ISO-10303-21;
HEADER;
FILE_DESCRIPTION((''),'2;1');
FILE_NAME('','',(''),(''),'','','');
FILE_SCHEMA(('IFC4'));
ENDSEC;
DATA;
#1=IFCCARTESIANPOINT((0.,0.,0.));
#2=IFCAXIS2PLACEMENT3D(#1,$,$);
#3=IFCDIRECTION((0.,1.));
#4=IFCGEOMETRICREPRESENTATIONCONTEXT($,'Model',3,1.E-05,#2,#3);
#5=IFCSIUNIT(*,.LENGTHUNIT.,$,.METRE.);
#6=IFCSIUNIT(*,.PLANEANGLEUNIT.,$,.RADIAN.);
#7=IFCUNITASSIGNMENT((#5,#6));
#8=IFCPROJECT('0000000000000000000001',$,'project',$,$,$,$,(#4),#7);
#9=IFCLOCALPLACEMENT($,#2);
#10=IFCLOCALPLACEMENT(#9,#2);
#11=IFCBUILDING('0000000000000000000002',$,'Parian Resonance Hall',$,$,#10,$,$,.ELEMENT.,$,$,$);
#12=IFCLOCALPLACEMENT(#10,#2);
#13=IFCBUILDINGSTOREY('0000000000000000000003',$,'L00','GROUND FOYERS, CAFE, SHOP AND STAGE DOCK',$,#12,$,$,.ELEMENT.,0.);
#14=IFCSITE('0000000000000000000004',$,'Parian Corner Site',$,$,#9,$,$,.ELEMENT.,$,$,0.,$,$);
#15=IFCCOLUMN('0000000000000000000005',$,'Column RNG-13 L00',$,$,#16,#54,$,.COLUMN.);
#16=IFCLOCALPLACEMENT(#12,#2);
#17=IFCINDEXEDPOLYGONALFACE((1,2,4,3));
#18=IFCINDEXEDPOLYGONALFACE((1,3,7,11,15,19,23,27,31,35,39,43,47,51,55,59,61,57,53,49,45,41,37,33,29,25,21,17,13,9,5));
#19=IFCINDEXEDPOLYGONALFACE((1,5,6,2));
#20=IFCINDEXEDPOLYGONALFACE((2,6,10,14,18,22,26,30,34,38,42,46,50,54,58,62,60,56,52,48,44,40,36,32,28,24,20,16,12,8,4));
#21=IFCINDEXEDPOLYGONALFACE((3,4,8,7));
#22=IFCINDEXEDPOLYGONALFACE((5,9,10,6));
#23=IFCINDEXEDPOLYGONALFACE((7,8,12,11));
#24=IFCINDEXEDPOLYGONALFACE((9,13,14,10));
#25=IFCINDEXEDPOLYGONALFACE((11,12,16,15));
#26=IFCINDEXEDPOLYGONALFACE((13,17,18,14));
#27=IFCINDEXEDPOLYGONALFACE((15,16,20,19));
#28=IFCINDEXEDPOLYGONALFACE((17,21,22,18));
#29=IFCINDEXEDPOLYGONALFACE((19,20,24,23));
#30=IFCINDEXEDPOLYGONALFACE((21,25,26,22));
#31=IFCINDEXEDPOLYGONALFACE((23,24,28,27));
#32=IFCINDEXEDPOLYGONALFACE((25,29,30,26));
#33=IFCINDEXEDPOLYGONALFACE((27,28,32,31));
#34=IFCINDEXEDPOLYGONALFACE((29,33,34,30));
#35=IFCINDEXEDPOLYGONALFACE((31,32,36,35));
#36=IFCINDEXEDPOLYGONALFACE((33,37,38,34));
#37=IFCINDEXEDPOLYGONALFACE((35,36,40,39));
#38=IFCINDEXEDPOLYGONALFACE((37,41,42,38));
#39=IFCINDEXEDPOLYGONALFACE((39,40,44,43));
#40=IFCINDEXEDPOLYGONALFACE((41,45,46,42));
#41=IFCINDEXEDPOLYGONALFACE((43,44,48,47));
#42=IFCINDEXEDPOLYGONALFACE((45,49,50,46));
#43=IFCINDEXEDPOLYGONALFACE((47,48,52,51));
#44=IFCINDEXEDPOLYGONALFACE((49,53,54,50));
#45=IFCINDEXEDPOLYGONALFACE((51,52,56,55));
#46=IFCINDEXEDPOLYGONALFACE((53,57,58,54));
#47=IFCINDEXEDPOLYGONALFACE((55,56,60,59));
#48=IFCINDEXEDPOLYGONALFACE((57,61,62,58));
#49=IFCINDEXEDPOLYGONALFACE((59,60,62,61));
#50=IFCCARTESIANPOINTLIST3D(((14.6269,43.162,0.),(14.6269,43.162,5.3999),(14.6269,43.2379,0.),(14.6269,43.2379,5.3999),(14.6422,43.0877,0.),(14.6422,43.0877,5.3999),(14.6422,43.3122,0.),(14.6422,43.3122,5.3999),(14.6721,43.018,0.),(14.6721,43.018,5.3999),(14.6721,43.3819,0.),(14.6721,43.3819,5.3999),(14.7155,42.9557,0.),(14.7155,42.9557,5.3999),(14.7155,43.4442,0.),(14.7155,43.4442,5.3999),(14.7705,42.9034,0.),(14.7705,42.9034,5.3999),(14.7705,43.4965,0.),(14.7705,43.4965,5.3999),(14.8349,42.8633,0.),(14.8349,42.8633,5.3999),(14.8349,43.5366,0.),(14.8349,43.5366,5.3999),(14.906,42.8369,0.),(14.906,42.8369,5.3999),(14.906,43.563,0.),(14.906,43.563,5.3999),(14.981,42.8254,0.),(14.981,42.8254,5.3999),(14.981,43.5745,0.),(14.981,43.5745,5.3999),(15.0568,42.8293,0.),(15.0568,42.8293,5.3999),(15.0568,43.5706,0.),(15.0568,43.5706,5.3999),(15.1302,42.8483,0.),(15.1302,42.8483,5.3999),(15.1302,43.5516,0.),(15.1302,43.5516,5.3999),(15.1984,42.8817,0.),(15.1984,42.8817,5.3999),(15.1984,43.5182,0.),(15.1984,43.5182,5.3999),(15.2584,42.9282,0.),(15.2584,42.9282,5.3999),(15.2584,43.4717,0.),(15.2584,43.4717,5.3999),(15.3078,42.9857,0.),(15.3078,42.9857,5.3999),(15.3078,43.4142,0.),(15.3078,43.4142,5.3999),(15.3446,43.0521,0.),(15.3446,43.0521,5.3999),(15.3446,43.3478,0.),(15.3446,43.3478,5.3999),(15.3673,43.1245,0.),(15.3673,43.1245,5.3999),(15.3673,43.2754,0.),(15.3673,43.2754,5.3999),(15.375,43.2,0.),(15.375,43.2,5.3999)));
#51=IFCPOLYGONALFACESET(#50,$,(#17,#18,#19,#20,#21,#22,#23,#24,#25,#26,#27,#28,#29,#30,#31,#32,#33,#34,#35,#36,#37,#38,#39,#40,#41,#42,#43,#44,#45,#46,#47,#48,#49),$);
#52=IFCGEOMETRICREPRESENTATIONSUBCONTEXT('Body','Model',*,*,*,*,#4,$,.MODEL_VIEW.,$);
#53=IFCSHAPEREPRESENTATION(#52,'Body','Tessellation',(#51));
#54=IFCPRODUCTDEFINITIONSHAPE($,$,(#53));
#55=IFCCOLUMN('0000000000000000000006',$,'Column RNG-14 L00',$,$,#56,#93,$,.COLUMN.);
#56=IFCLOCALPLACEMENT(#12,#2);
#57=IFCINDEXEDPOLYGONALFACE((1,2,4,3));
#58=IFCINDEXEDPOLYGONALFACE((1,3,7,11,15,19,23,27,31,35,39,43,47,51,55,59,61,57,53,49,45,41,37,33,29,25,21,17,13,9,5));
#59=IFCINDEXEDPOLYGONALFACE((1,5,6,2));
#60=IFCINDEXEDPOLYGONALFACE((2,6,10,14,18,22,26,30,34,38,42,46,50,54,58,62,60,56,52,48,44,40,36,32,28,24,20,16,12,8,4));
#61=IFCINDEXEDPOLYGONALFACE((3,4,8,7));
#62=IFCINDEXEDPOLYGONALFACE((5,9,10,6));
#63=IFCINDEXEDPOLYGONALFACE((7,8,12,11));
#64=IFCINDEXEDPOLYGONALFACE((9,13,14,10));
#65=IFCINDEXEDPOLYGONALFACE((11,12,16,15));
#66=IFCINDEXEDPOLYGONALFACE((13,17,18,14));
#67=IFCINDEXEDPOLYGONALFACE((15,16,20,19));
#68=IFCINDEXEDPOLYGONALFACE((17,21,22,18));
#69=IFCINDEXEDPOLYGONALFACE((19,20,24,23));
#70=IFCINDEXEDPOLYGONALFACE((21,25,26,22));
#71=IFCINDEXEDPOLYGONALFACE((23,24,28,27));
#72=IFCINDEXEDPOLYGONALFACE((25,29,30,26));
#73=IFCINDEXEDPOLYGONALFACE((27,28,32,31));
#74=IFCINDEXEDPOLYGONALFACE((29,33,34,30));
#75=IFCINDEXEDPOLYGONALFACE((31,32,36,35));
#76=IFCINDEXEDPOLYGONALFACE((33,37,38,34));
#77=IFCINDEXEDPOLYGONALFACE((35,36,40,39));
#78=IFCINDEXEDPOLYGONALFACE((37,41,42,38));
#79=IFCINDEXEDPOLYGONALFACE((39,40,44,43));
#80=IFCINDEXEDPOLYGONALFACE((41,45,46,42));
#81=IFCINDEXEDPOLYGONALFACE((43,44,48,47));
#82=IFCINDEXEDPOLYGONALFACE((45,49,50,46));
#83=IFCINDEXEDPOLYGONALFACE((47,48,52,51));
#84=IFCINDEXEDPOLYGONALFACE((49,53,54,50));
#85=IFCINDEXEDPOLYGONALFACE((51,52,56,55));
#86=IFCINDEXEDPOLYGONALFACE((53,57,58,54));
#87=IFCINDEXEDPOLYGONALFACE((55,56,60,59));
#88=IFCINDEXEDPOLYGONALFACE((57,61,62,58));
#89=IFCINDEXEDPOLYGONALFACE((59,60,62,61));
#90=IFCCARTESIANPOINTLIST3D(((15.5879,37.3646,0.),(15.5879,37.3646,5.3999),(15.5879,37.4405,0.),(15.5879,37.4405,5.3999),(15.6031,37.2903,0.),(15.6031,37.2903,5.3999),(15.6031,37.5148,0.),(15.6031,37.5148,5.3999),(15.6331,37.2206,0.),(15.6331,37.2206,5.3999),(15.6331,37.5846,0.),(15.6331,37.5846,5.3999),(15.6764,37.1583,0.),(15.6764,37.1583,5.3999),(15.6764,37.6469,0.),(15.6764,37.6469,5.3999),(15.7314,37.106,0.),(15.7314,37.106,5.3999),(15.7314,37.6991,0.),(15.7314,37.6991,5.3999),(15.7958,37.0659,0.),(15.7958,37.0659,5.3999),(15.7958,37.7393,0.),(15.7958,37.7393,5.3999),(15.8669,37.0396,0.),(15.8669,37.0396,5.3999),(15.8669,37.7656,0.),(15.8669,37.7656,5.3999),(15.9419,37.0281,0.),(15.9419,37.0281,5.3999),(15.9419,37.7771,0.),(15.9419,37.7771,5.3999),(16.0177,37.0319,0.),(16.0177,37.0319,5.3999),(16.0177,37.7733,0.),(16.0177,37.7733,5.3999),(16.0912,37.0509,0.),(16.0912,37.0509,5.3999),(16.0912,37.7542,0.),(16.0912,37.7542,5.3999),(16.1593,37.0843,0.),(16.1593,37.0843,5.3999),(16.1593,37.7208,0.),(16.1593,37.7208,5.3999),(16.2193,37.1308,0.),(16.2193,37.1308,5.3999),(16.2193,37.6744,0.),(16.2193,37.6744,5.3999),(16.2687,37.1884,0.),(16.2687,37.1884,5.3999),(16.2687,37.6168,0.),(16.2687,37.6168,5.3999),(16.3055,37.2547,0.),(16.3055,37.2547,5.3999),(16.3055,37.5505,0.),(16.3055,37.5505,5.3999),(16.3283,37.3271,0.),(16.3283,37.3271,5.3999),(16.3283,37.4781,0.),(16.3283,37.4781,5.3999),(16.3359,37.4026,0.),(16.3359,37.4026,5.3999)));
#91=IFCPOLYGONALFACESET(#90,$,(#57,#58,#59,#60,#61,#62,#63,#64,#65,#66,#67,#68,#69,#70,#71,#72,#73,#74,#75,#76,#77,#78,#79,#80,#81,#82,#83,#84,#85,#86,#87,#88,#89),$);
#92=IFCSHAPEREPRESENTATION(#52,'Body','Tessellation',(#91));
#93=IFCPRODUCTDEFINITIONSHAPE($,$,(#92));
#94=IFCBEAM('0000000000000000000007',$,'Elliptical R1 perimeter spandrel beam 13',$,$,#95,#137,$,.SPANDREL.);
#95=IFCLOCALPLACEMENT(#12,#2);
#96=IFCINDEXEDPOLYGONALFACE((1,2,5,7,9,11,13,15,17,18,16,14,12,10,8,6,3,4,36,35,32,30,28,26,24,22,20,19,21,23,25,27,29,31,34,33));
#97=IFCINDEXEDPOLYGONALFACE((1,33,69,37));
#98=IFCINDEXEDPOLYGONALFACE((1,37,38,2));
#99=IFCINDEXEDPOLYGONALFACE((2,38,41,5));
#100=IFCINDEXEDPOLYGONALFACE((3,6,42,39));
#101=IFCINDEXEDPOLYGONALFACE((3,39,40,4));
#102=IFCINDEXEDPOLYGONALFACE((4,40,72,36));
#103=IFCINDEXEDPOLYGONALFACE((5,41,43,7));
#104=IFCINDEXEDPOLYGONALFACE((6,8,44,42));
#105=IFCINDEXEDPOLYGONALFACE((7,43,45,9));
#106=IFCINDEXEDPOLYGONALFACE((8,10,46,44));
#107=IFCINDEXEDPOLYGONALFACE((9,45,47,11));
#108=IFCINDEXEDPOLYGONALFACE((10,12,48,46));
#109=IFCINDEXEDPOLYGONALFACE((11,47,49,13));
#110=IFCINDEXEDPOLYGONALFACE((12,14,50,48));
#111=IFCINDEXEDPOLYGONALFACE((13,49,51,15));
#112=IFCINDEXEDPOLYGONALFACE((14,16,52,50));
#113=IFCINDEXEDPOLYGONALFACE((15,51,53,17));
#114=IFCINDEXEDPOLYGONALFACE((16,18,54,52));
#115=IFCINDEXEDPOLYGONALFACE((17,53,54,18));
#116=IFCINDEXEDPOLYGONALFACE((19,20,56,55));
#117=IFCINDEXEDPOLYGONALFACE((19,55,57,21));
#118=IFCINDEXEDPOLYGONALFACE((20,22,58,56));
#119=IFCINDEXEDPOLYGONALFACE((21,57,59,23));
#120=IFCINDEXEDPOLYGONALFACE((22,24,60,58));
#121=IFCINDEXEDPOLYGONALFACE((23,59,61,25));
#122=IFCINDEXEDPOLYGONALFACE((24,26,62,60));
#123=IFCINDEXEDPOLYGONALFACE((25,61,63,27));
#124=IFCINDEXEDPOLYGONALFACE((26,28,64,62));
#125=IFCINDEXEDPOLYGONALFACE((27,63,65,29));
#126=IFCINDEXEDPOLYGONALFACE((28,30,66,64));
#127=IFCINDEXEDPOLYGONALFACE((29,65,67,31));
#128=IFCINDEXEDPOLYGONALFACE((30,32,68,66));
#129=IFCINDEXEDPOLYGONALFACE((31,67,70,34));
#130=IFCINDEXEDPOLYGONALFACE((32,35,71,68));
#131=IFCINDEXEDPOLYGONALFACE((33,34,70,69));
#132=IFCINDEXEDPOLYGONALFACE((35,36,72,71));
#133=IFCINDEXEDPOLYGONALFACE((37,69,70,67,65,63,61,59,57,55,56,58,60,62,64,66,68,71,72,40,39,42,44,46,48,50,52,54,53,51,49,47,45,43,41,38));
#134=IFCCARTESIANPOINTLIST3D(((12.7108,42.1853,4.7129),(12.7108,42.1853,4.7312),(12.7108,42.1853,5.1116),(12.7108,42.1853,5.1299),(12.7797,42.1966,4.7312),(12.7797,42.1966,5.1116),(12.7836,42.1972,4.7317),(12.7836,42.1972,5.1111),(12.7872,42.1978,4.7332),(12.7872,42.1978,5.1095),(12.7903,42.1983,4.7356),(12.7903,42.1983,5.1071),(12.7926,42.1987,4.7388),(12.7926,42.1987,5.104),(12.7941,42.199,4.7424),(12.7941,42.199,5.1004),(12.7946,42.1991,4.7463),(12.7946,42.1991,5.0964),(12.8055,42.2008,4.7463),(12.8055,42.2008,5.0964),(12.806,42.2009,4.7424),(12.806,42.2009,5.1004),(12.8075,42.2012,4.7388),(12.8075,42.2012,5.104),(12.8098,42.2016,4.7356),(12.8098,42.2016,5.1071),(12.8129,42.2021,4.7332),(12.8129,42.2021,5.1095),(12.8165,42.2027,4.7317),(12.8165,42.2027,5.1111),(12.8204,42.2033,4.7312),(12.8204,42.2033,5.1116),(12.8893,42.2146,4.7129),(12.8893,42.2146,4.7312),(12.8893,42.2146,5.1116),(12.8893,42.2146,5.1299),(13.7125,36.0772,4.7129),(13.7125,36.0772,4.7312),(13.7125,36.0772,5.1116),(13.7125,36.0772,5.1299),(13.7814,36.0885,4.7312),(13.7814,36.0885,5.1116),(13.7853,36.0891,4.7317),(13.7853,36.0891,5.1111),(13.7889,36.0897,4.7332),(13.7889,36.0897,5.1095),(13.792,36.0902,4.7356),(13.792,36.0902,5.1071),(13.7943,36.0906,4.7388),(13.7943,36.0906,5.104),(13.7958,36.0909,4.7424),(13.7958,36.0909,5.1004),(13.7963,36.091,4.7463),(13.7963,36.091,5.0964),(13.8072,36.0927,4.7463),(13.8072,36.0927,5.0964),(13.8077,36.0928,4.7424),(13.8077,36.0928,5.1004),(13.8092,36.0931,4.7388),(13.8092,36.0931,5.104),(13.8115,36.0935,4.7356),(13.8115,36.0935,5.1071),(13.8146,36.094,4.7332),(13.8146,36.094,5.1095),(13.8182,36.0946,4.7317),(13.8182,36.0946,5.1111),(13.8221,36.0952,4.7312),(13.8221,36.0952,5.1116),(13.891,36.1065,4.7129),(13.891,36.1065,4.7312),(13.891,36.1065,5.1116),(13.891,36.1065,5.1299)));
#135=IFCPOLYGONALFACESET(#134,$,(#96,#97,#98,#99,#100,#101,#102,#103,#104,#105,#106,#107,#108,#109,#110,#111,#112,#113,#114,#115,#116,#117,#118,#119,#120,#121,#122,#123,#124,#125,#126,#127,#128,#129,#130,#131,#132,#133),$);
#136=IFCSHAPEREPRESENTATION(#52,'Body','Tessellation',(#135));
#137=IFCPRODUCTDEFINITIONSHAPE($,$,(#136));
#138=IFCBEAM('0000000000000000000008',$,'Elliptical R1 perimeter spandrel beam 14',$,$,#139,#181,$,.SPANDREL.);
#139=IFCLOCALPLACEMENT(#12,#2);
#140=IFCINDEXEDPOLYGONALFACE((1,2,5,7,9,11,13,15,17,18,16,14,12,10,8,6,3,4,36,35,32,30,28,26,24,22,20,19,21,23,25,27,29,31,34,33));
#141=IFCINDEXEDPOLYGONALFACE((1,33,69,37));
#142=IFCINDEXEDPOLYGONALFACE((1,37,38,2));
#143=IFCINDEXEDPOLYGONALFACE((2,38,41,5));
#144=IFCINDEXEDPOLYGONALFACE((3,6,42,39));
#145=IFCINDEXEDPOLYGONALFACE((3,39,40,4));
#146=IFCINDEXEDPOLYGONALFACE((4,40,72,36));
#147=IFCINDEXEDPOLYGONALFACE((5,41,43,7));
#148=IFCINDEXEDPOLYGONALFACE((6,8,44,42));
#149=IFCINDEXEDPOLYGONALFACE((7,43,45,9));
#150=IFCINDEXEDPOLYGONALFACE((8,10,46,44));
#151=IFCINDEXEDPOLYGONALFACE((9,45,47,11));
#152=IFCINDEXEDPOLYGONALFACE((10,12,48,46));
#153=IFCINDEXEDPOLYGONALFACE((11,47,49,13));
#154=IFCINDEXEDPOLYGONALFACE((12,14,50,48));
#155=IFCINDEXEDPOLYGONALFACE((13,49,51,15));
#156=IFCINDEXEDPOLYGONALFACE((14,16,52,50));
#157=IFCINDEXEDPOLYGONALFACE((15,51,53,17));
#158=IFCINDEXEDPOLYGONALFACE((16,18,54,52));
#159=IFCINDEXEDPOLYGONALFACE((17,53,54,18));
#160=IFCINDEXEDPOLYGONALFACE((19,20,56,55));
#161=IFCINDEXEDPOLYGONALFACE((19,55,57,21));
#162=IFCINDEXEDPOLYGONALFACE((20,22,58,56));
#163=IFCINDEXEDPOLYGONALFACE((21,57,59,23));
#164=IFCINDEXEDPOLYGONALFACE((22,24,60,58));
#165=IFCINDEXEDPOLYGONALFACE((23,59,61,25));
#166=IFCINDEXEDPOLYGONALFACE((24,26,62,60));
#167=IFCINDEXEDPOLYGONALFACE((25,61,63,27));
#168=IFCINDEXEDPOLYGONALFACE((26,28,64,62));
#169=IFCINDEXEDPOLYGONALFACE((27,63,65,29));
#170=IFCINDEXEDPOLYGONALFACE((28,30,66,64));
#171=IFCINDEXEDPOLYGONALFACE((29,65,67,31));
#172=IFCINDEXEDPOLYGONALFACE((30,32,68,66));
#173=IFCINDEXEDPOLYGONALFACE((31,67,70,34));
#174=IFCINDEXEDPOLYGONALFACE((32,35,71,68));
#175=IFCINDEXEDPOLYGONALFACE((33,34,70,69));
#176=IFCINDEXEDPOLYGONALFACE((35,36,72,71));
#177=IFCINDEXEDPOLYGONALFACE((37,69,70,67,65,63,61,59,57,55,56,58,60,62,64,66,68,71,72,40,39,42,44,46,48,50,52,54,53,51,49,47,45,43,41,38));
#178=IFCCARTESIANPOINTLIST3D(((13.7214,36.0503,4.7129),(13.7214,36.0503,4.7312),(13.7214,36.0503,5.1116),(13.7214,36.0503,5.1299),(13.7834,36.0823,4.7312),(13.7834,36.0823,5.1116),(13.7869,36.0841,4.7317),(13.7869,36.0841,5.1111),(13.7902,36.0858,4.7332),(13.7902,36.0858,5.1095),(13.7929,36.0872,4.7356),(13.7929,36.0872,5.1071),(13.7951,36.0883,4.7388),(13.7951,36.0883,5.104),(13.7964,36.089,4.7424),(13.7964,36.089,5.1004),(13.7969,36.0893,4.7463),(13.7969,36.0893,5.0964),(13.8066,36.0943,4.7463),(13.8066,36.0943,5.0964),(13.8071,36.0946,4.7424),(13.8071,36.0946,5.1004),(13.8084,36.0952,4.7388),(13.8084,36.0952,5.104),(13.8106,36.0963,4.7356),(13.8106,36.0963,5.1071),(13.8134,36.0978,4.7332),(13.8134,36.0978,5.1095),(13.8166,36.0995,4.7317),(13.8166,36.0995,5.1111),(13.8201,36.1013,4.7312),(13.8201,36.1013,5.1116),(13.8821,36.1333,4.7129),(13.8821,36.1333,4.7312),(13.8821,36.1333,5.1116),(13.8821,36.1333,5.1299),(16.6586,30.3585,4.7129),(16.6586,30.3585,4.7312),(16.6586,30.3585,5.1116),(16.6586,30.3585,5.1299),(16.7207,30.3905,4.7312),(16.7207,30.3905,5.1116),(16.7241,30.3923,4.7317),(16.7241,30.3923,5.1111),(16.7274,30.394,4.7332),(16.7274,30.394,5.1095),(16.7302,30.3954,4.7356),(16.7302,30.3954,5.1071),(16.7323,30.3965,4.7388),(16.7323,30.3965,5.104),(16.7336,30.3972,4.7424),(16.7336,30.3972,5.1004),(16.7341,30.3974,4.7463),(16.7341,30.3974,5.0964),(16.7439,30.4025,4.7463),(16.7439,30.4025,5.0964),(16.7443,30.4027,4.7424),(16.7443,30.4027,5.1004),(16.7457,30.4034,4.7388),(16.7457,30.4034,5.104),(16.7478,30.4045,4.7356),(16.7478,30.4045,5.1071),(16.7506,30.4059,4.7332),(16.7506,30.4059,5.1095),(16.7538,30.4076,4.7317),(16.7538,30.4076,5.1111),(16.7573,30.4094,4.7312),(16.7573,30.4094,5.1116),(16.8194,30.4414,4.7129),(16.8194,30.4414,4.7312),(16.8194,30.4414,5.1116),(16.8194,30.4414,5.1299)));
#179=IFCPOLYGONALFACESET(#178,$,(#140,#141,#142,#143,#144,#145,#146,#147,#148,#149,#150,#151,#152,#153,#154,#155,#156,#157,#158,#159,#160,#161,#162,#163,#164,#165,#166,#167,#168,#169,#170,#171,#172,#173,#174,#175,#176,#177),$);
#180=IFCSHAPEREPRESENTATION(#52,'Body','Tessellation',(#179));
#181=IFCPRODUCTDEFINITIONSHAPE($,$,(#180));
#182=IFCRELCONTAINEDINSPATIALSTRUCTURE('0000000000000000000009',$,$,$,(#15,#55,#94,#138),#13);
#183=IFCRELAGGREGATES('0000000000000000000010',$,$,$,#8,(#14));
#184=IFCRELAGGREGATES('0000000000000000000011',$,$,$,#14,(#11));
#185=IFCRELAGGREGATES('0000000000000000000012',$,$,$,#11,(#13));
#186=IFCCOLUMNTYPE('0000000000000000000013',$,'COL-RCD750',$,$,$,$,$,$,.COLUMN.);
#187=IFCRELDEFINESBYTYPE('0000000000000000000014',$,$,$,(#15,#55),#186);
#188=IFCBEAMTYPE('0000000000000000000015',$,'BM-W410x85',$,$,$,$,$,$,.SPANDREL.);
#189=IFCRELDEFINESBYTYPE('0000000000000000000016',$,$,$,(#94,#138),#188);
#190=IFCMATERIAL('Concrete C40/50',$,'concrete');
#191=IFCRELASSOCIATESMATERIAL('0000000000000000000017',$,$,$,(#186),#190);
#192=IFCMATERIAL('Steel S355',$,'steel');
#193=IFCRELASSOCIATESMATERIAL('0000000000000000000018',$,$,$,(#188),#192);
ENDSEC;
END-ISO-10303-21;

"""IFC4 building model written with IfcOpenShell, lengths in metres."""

from ifc_helpers import new_model, si_unit, direction, frame, origin, origin_2d, place, context, subcontext, project, spatial, circle, i_section, extrude, material, material_profile, profile_set, type_object, element, save


model = new_model("IFC4")

# Units and contexts
model_context = context("Model", 3, precision=1e-05, world=origin(), true_north=direction((0.0, 1.0)))
body_context = subcontext(model_context, "Body", "Model", "MODEL_VIEW")
ifc_project = project(units=[si_unit("LENGTHUNIT", "METRE"), si_unit("PLANEANGLEUNIT", "RADIAN")], contexts=[model_context])

# Site, building, storey
site_placement = place(None, origin())
site = spatial("IfcSite", under=ifc_project, at=site_placement, Name="Parian Corner Site", CompositionType="ELEMENT", RefElevation=0.0)
building_placement = place(site_placement, origin())
building = spatial("IfcBuilding", under=site, at=building_placement, Name="Parian Resonance Hall", CompositionType="ELEMENT")
storey_placement = place(building_placement, origin())
storey = spatial("IfcBuildingStorey", under=building, at=storey_placement, Name="L00", Description="GROUND FOYERS, CAFE, SHOP AND STAGE DOCK", CompositionType="ELEMENT", Elevation=0.0)

# Columns
ifc_material_1 = material(Name="Concrete C40/50", Category="concrete")
ifc_material_profile_1 = material_profile(ifc_material_1, circle(Radius=0.375, at=origin_2d()), Name="RC-COL-D750")
ifc_profile_set_1 = profile_set([ifc_material_profile_1], Name="Concrete C40/50")
column_type = type_object("IfcColumnType", Name="COL-RCD750", PredefinedType="COLUMN", material=ifc_profile_set_1)
for number, where, z_axis, x_axis, name in (
    (1, (15.0, 43.2, 0.0), (0.0, 0.0, 1.0), (1.0, 0.0, 0.0), "Column RNG-13 L00"),
    (2, (15.9609, 37.4026, 0.0), (0.0, 0.0, 1.0), (1.0, 0.0, 0.0), "Column RNG-14 L00"),
):
    element("IfcColumn", number, at=place(storey_placement, frame(where, z_axis=z_axis, x_axis=x_axis)), inside=storey, type_object=column_type, Name=name, PredefinedType="COLUMN", context=body_context, shape_type="SweptSolid", body=[
        extrude(circle(Radius=0.375, at=origin_2d()), origin(), (0.0, 0.0, 1.0), 5.3999),
    ])

# Beams
ifc_material_2 = material(Name="Steel S355", Category="steel")
ifc_material_profile_2 = material_profile(ifc_material_2, i_section(OverallWidth=0.1809, OverallDepth=0.417, WebThickness=0.011, FlangeThickness=0.0183, FilletRadius=0.0151, at=origin_2d()), Name="W410x85")
ifc_profile_set_2 = profile_set([ifc_material_profile_2], Name="Steel S355")
beam_type_1 = type_object("IfcBeamType", Name="BM-W410x85", PredefinedType="SPANDREL", material=ifc_profile_set_2)
beam_1_placement = place(storey_placement, frame((12.8, 42.2, 4.9214), z_axis=(0.161834, -0.986818, 0.0), x_axis=(0.986818, 0.161834, 0.0)))
element("IfcBeam", 3, at=beam_1_placement, inside=storey, type_object=beam_type_1, Name="Elliptical R1 perimeter spandrel beam 13", PredefinedType="SPANDREL", context=body_context, shape_type="SweptSolid", body=[
    extrude(i_section(OverallWidth=0.1809, OverallDepth=0.417, WebThickness=0.011, FlangeThickness=0.0183, FilletRadius=0.0151, at=origin_2d()), origin(), (0.0, 0.0, 1.0), 6.1897),
])
beam_2_placement = place(storey_placement, frame((13.8018, 36.0918, 4.9214), z_axis=(0.458582, -0.888652, 0.0), x_axis=(0.888652, 0.458582, 0.0)))
element("IfcBeam", 4, at=beam_2_placement, inside=storey, type_object=beam_type_1, Name="Elliptical R1 perimeter spandrel beam 14", PredefinedType="SPANDREL", context=body_context, shape_type="SweptSolid", body=[
    extrude(i_section(OverallWidth=0.1809, OverallDepth=0.417, WebThickness=0.011, FlangeThickness=0.0183, FilletRadius=0.0151, at=origin_2d()), origin(), (0.0, 0.0, 1.0), 6.405),
])

save(model, "model.ifc")
